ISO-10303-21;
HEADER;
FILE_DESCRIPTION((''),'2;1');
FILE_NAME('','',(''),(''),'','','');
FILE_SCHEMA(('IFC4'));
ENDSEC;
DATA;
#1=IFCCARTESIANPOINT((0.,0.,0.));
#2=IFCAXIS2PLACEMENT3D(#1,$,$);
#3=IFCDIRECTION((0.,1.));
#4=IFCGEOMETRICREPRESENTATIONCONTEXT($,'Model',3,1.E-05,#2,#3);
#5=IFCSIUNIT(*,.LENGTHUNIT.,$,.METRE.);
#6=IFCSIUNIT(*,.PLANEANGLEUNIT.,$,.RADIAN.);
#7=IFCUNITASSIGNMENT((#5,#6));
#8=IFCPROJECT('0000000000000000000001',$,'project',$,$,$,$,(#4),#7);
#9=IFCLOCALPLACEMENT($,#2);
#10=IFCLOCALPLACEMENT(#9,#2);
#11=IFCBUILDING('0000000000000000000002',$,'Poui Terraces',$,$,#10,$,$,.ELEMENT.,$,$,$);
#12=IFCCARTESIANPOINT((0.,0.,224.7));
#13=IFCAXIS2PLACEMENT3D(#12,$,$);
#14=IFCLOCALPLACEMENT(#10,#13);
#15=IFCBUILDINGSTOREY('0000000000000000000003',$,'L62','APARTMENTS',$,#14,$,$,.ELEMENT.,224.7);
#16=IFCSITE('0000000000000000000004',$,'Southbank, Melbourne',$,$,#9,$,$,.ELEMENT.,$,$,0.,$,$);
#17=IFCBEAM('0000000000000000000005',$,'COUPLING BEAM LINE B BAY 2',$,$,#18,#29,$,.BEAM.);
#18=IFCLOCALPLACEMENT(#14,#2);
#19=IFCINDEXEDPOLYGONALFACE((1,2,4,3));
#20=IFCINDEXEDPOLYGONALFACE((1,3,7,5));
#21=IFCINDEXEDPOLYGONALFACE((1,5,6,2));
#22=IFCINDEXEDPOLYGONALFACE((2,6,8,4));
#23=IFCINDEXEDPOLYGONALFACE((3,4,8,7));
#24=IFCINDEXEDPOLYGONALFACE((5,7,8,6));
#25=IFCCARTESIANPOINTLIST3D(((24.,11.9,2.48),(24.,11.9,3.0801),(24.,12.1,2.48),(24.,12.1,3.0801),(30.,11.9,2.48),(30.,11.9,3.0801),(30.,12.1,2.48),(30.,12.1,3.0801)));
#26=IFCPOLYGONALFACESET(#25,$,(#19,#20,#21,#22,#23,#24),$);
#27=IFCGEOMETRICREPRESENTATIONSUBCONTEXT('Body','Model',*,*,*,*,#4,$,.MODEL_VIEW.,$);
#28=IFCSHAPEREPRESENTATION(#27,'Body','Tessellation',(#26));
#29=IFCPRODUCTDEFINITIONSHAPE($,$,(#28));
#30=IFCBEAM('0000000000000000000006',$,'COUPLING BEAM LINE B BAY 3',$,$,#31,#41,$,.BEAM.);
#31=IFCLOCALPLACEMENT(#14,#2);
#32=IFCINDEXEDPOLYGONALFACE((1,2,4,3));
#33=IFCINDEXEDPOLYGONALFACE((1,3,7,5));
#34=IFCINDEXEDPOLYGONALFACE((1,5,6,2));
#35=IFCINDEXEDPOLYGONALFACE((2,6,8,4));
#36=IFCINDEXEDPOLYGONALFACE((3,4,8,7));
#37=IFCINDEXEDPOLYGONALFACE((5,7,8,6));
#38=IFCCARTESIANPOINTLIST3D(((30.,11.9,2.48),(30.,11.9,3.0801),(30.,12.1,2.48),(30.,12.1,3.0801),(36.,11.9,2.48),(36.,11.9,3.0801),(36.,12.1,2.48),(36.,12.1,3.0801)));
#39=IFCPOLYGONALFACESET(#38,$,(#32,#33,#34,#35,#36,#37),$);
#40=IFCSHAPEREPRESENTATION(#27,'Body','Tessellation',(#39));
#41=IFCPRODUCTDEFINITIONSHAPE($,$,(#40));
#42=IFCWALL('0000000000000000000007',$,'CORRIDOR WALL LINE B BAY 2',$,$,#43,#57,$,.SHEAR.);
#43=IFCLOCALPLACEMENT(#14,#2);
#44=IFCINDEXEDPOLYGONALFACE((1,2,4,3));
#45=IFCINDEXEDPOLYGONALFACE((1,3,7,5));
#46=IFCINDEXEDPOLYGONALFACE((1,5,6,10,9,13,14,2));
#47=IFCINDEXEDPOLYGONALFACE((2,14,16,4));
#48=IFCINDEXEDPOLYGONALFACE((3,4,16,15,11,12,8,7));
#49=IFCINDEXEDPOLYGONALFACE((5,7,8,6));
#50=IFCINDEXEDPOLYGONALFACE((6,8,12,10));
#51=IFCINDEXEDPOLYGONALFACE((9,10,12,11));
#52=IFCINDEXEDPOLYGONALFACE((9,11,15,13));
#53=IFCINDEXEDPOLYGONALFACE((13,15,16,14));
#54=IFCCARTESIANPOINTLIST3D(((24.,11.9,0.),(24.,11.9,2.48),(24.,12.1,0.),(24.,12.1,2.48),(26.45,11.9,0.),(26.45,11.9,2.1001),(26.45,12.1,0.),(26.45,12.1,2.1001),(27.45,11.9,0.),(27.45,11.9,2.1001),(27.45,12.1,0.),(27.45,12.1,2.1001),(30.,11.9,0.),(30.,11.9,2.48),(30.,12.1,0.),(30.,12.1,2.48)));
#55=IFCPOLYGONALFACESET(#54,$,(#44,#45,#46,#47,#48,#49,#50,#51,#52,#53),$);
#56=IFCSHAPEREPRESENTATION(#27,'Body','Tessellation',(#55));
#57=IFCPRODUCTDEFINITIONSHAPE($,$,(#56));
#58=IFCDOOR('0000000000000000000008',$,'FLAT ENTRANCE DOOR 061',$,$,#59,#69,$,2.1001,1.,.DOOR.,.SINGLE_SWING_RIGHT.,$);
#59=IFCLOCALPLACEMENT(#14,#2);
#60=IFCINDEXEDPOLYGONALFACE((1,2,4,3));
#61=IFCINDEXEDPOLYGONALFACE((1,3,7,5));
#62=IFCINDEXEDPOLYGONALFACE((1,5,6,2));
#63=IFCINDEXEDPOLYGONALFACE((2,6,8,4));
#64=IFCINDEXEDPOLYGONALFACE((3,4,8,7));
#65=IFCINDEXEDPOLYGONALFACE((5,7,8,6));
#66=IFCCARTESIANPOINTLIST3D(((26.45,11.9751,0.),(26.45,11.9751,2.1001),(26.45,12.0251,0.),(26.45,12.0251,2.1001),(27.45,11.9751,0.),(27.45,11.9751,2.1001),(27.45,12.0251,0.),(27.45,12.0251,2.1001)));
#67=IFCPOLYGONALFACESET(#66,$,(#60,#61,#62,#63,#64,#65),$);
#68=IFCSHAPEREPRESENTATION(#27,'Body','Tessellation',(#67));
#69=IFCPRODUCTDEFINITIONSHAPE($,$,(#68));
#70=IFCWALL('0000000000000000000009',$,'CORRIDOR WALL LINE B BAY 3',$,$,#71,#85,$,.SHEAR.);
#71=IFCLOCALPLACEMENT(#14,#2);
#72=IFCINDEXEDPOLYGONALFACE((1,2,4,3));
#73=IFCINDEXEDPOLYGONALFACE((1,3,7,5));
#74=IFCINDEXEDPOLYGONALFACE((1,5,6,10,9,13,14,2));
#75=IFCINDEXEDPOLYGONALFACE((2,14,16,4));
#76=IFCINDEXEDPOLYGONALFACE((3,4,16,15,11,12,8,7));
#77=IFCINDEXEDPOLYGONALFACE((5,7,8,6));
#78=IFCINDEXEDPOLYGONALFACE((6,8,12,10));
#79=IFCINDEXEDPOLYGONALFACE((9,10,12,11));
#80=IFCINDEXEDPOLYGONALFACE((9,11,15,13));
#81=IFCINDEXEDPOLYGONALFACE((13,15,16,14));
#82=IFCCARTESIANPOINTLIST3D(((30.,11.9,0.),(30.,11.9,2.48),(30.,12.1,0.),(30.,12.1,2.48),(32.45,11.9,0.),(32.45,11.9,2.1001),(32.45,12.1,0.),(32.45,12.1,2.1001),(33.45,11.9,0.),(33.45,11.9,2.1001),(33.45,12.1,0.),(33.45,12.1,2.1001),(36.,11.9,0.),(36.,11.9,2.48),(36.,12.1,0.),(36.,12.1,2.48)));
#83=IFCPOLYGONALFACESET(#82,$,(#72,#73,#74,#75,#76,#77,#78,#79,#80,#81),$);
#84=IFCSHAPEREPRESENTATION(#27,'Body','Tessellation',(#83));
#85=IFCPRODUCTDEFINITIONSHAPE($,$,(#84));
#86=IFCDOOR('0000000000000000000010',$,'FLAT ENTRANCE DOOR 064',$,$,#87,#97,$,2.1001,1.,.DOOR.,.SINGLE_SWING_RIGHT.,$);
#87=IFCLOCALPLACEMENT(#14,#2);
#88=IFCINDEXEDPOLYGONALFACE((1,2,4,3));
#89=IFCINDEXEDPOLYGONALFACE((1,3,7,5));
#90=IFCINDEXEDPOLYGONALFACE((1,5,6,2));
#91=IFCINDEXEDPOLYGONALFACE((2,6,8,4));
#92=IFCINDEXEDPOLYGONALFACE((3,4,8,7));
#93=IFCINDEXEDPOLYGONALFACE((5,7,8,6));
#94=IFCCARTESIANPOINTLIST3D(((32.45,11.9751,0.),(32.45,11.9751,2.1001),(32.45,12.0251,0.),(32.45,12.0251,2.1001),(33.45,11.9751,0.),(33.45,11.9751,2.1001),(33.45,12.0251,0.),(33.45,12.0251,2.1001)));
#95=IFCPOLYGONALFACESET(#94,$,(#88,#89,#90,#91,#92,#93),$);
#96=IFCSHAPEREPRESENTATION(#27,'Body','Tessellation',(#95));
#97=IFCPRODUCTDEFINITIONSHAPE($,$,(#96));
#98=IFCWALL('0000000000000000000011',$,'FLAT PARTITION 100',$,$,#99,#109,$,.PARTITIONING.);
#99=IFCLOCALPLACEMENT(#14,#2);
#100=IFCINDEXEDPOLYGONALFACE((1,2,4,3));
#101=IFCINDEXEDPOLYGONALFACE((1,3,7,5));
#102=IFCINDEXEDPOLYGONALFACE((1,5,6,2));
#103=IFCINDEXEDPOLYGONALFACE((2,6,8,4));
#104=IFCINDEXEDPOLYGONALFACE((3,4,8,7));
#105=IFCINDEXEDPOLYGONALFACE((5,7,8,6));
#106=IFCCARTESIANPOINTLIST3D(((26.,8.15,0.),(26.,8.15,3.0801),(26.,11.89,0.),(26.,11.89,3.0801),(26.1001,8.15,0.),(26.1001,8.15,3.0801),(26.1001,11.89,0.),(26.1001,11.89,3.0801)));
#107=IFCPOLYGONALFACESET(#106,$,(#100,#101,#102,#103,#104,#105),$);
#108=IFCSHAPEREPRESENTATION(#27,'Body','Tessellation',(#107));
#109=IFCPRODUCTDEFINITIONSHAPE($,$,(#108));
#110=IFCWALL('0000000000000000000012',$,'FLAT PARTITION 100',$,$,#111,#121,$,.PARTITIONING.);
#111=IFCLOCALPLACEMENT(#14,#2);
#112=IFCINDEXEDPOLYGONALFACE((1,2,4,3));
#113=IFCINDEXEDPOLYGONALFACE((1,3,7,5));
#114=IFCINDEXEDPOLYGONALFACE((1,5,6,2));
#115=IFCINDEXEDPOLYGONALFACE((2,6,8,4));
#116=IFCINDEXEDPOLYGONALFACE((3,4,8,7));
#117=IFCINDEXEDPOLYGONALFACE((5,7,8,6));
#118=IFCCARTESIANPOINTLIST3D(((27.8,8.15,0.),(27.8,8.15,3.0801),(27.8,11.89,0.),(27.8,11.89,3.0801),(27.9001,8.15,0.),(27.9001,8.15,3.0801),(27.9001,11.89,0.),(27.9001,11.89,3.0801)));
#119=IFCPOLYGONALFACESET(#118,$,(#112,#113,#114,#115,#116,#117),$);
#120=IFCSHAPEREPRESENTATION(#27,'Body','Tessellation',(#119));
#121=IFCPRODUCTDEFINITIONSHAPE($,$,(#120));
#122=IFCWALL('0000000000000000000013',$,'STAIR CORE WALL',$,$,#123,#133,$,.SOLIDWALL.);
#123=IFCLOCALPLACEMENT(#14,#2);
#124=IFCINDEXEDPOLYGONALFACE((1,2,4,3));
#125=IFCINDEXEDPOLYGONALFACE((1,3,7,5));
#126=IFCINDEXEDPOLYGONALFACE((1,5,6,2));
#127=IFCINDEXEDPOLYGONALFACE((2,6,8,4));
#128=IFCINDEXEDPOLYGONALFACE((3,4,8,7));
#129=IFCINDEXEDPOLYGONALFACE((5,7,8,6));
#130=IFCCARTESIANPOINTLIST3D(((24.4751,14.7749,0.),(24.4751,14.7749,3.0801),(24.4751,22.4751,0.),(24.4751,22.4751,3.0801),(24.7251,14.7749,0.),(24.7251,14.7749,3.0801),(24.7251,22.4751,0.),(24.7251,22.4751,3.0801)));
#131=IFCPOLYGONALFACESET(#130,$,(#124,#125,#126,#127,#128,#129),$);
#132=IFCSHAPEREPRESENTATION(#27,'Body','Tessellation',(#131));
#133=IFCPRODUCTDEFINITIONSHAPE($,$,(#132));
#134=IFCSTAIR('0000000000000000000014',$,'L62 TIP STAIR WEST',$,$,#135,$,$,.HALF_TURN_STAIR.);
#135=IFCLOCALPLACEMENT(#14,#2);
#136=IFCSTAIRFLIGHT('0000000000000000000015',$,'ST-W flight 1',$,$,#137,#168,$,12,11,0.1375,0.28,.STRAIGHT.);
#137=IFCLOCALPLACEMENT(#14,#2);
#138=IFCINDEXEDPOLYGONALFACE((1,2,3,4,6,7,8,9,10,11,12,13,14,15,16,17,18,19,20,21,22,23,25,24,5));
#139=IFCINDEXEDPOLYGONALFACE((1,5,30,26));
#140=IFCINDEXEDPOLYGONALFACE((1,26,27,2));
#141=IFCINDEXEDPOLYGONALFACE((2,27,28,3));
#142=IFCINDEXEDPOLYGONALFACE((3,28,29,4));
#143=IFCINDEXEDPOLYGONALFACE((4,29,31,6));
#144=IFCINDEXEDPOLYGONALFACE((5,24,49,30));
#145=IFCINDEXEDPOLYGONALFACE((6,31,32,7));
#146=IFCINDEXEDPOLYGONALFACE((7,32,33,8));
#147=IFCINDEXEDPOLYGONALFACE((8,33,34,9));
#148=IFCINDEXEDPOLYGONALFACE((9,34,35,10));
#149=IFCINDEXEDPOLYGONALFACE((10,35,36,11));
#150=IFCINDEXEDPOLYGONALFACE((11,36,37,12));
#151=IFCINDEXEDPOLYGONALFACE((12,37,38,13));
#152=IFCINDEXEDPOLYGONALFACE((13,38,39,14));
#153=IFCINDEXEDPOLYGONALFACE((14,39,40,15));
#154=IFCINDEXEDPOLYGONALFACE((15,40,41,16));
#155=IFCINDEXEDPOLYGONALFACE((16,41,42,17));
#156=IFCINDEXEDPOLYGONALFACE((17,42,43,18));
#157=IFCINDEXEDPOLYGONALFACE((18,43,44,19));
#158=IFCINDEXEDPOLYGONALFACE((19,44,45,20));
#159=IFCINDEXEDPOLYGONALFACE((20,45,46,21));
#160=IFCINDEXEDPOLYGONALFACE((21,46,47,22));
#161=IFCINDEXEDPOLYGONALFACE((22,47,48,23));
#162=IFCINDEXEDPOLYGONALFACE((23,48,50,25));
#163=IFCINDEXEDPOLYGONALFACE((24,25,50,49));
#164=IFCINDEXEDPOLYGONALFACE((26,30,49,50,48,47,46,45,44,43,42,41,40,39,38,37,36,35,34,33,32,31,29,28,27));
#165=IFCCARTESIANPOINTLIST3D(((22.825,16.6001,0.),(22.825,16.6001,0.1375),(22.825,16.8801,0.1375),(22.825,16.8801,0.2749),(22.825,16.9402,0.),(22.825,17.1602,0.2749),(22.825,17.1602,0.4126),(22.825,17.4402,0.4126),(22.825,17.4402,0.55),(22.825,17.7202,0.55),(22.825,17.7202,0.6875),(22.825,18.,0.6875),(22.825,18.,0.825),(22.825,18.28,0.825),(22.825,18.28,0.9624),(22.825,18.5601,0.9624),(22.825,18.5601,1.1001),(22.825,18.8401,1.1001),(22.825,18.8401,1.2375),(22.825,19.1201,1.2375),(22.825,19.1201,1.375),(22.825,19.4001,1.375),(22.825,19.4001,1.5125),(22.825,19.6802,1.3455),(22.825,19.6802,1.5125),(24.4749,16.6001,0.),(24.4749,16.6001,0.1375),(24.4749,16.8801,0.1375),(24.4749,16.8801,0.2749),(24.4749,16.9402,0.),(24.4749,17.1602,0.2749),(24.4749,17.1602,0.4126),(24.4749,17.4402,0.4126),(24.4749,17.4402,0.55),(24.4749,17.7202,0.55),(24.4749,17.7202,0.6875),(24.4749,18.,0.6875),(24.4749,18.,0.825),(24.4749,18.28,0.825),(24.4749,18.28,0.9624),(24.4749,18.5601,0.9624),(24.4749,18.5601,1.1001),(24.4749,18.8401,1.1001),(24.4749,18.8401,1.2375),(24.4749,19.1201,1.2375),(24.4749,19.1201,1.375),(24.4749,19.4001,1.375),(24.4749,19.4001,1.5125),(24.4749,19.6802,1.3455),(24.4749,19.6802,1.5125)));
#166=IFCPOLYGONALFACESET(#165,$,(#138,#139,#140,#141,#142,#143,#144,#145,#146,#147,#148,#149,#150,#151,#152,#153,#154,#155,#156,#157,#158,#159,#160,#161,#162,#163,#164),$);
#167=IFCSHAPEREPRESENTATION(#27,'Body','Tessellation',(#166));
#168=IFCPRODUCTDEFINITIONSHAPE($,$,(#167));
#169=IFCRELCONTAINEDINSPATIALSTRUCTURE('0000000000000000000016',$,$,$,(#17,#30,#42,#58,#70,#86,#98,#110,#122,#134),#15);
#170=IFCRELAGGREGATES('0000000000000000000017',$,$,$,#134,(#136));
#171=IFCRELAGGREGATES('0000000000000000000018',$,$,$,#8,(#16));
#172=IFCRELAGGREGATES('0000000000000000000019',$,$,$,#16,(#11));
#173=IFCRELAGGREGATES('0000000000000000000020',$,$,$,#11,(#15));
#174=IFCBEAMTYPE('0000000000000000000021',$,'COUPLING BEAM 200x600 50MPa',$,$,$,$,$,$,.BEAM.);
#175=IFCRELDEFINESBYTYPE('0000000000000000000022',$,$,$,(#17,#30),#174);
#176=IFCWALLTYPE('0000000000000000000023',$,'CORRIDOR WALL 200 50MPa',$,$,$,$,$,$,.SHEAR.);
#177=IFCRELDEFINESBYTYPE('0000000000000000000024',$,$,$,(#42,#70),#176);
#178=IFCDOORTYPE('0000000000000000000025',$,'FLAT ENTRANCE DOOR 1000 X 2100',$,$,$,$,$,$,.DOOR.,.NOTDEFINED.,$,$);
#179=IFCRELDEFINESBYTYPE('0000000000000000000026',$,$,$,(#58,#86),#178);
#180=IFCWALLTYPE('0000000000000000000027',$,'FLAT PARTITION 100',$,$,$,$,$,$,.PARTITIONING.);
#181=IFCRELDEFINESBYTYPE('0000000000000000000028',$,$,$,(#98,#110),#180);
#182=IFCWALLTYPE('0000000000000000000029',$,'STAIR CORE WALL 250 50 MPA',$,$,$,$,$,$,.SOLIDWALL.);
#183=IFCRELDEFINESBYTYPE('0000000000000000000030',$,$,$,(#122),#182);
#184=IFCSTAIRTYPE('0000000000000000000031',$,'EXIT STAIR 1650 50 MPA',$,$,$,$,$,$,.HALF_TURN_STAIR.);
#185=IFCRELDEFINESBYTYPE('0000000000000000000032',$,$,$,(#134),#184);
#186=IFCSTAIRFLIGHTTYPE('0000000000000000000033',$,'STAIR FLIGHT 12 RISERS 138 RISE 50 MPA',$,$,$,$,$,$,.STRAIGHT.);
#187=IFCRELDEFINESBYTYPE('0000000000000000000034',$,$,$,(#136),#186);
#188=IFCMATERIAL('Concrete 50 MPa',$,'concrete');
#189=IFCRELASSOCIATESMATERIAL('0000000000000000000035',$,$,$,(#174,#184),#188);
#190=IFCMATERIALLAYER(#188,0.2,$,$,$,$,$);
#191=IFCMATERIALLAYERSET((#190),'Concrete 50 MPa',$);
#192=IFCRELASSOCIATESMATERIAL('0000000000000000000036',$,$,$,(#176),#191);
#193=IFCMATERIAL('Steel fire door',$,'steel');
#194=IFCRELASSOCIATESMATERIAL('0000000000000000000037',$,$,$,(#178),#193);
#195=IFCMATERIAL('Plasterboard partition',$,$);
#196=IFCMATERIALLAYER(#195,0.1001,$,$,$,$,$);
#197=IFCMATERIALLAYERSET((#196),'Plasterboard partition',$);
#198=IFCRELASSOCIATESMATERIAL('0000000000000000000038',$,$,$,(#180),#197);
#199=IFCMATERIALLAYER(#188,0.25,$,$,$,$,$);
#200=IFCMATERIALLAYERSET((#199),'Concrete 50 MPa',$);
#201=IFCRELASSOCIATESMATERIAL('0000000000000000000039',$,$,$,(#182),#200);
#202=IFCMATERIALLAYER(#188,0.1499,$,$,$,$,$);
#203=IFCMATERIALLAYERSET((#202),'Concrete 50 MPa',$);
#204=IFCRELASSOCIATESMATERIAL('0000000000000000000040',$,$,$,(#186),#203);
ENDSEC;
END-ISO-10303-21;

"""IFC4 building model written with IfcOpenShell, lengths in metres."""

from ifc_helpers import new_model, si_unit, direction, frame, frame_2d, origin, origin_2d, place, context, subcontext, project, spatial, polyline, rectangle, outline, extrude, source, transform, mapped, material, layer, layer_set, material_profile, profile_set, type_object, element, fill, aggregate, save


model = new_model("IFC4")

# Units and contexts
model_context = context("Model", 3, precision=1e-05, world=origin(), true_north=direction((0.0, 1.0)))
body_context = subcontext(model_context, "Body", "Model", "MODEL_VIEW")
ifc_project = project(units=[si_unit("LENGTHUNIT", "METRE"), si_unit("PLANEANGLEUNIT", "RADIAN")], contexts=[model_context])

# Site, building, storey
site_placement = place(None, origin())
site = spatial("IfcSite", under=ifc_project, at=site_placement, Name="Southbank, Melbourne", CompositionType="ELEMENT", RefElevation=0.0)
building_placement = place(site_placement, origin())
building = spatial("IfcBuilding", under=site, at=building_placement, Name="Poui Terraces", CompositionType="ELEMENT")
storey_placement = place(building_placement, frame((0.0, 0.0, 224.7)))
storey = spatial("IfcBuildingStorey", under=building, at=storey_placement, Name="L62", Description="APARTMENTS", CompositionType="ELEMENT", Elevation=224.7)

# Beams
ifc_material_1 = material(Name="Concrete 50 MPa", Category="concrete")
ifc_material_profile = material_profile(ifc_material_1, rectangle(XDim=0.2, YDim=0.6001, at=origin_2d()), Name="RC 200x600")
ifc_profile_set = profile_set([ifc_material_profile], Name="Concrete 50 MPa")
beam_type = type_object("IfcBeamType", Name="COUPLING BEAM 200x600 50MPa", PredefinedType="BEAM", material=ifc_profile_set)
shared_shape = source(origin(), body_context, "Body", "SweptSolid", [
    extrude(rectangle(XDim=0.2, YDim=0.6001, at=origin_2d()), origin(), (0.0, 0.0, 1.0), 6.0),
])
for number, where, z_axis, x_axis, name in (
    (1, (24.0, 12.0, 2.78), (1.0, 0.0, 0.0), (0.0, 1.0, 0.0), "COUPLING BEAM LINE B BAY 2"),
    (2, (30.0, 12.0, 2.78), (1.0, 0.0, 0.0), (0.0, 1.0, 0.0), "COUPLING BEAM LINE B BAY 3"),
):
    element("IfcBeam", number, at=place(storey_placement, frame(where, z_axis=z_axis, x_axis=x_axis)), inside=storey, type_object=beam_type, Name=name, PredefinedType="BEAM", context=body_context, shape_type="MappedRepresentation", body=[
        mapped(shared_shape, transform((0.0, 0.0, 0.0))),
    ])

# Walls, openings, doors
ifc_layer_1 = layer(ifc_material_1, 0.2)
ifc_layer_set_1 = layer_set([ifc_layer_1], Name="Concrete 50 MPa")
wall_type_1 = type_object("IfcWallType", Name="CORRIDOR WALL 200 50MPa", PredefinedType="SHEAR", material=ifc_layer_set_1)
wall_1_placement = place(storey_placement, frame((24.0, 12.0, 0.0), z_axis=(0.0, 0.0, 1.0), x_axis=(1.0, 0.0, 0.0)))
wall_1 = element("IfcWall", 3, at=wall_1_placement, inside=storey, type_object=wall_type_1, Name="CORRIDOR WALL LINE B BAY 2", PredefinedType="SHEAR", context=body_context, shape_type="SweptSolid", body=[
    extrude(rectangle(XDim=6.0, YDim=0.2, at=frame_2d((3.0, 0.0))), origin(), (0.0, 0.0, 1.0), 2.48),
])
opening_1_placement = place(wall_1_placement, frame((2.45, 0.0, 0.0)))
opening_1 = element("IfcOpeningElement", 4, at=opening_1_placement, cuts=wall_1, PredefinedType="OPENING", context=body_context, shape_type="SweptSolid", body=[
    extrude(rectangle(XDim=1.0, YDim=2.1001, at=frame_2d((0.5, 1.05))), frame((0.0, 0.1099, 0.0), z_axis=(0.0, -1.0, 0.0), x_axis=(1.0, 0.0, 0.0)), (0.0, 0.0, 1.0), 0.22),
])
ifc_material_2 = material(Name="Steel fire door", Category="steel")
door_type = type_object("IfcDoorType", Name="FLAT ENTRANCE DOOR 1000 X 2100", OperationType="NOTDEFINED", PredefinedType="DOOR", material=ifc_material_2)
door_1_placement = place(opening_1_placement, frame((1.0, 0.0, 0.0), z_axis=(0.0, 0.0, 1.0), x_axis=(-1.0, 0.0, 0.0)))
door_1 = element("IfcDoor", 5, at=door_1_placement, inside=storey, type_object=door_type, Name="FLAT ENTRANCE DOOR 061", OperationType="SINGLE_SWING_RIGHT", OverallHeight=2.1001, OverallWidth=1.0, PredefinedType="DOOR", context=body_context, shape_type="SweptSolid", body=[
    extrude(rectangle(XDim=1.0, YDim=2.1001, at=frame_2d((0.5, 1.05))), frame((0.0, 0.0249, 0.0), z_axis=(0.0, -1.0, 0.0), x_axis=(1.0, 0.0, 0.0)), (0.0, 0.0, 1.0), 0.05),
])
fill(opening_1, door_1)
wall_2_placement = place(storey_placement, frame((30.0, 12.0, 0.0), z_axis=(0.0, 0.0, 1.0), x_axis=(1.0, 0.0, 0.0)))
wall_2 = element("IfcWall", 6, at=wall_2_placement, inside=storey, type_object=wall_type_1, Name="CORRIDOR WALL LINE B BAY 3", PredefinedType="SHEAR", context=body_context, shape_type="SweptSolid", body=[
    extrude(rectangle(XDim=6.0, YDim=0.2, at=frame_2d((3.0, 0.0))), origin(), (0.0, 0.0, 1.0), 2.48),
])
opening_2_placement = place(wall_2_placement, frame((2.45, 0.0, 0.0)))
opening_2 = element("IfcOpeningElement", 7, at=opening_2_placement, cuts=wall_2, PredefinedType="OPENING", context=body_context, shape_type="SweptSolid", body=[
    extrude(rectangle(XDim=1.0, YDim=2.1001, at=frame_2d((0.5, 1.05))), frame((0.0, 0.1099, 0.0), z_axis=(0.0, -1.0, 0.0), x_axis=(1.0, 0.0, 0.0)), (0.0, 0.0, 1.0), 0.22),
])
door_2_placement = place(opening_2_placement, frame((1.0, 0.0, 0.0), z_axis=(0.0, 0.0, 1.0), x_axis=(-1.0, 0.0, 0.0)))
door_2 = element("IfcDoor", 8, at=door_2_placement, inside=storey, type_object=door_type, Name="FLAT ENTRANCE DOOR 064", OperationType="SINGLE_SWING_RIGHT", OverallHeight=2.1001, OverallWidth=1.0, PredefinedType="DOOR", context=body_context, shape_type="SweptSolid", body=[
    extrude(rectangle(XDim=1.0, YDim=2.1001, at=frame_2d((0.5, 1.05))), frame((0.0, 0.0249, 0.0), z_axis=(0.0, -1.0, 0.0), x_axis=(1.0, 0.0, 0.0)), (0.0, 0.0, 1.0), 0.05),
])
fill(opening_2, door_2)

# Walls
ifc_material_3 = material(Name="Plasterboard partition")
ifc_layer_2 = layer(ifc_material_3, 0.1001)
ifc_layer_set_2 = layer_set([ifc_layer_2], Name="Plasterboard partition")
wall_type_2 = type_object("IfcWallType", Name="FLAT PARTITION 100", PredefinedType="PARTITIONING", material=ifc_layer_set_2)
for number, where, z_axis, x_axis, name in (
    (9, (26.05, 8.1499, 0.0), (0.0, 0.0, 1.0), (0.0, 1.0, 0.0), "FLAT PARTITION 100"),
    (10, (27.8501, 8.1499, 0.0), (0.0, 0.0, 1.0), (0.0, 1.0, 0.0), "FLAT PARTITION 100"),
):
    element("IfcWall", number, at=place(storey_placement, frame(where, z_axis=z_axis, x_axis=x_axis)), inside=storey, type_object=wall_type_2, Name=name, PredefinedType="PARTITIONING", context=body_context, shape_type="SweptSolid", body=[
        extrude(rectangle(XDim=3.74, YDim=0.1001, at=frame_2d((1.8701, 0.0))), origin(), (0.0, 0.0, 1.0), 3.0801),
    ])
ifc_layer_3 = layer(ifc_material_1, 0.25)
ifc_layer_set_3 = layer_set([ifc_layer_3], Name="Concrete 50 MPa")
wall_type_3 = type_object("IfcWallType", Name="STAIR CORE WALL 250 50 MPA", PredefinedType="SOLIDWALL", material=ifc_layer_set_3)
wall_3_placement = place(storey_placement, frame((24.6001, 14.7749, 0.0), z_axis=(0.0, 0.0, 1.0), x_axis=(0.0, 1.0, 0.0)))
element("IfcWall", 11, at=wall_3_placement, inside=storey, type_object=wall_type_3, Name="STAIR CORE WALL", PredefinedType="SOLIDWALL", context=body_context, shape_type="SweptSolid", body=[
    extrude(rectangle(XDim=7.7002, YDim=0.25, at=frame_2d((3.8501, 0.0))), origin(), (0.0, 0.0, 1.0), 3.0801),
])

# Stair, stair flight
stair_type = type_object("IfcStairType", Name="EXIT STAIR 1650 50 MPA", PredefinedType="HALF_TURN_STAIR", material=ifc_material_1)
stair_placement = place(storey_placement, origin())
stair = element("IfcStair", 12, at=stair_placement, inside=storey, type_object=stair_type, Name="L62 TIP STAIR WEST", PredefinedType="HALF_TURN_STAIR")
ifc_layer_4 = layer(ifc_material_1, 0.1499)
ifc_layer_set_4 = layer_set([ifc_layer_4], Name="Concrete 50 MPa")
stair_flight_type = type_object("IfcStairFlightType", Name="STAIR FLIGHT 12 RISERS 138 RISE 50 MPA", PredefinedType="STRAIGHT", material=ifc_layer_set_4)
stair_flight_placement = place(storey_placement, frame((23.6499, 16.6001, 0.0), z_axis=(0.0, 0.0, 1.0), x_axis=(0.0, 1.0, 0.0)))
stair_flight = element("IfcStairFlight", 13, at=stair_flight_placement, type_object=stair_flight_type, Name="ST-W flight 1", NumberOfRisers=12, NumberOfTreads=11, PredefinedType="STRAIGHT", RiserHeight=0.1375, TreadLength=0.28, context=body_context, shape_type="SweptSolid", body=[
    extrude(outline(polyline([(0.0, 0.0), (0.0, 0.1375), (0.28, 0.1375), (0.28, 0.2749), (0.5601, 0.2749), (0.5601, 0.4126), (0.8401, 0.4126), (0.8401, 0.55), (1.1201, 0.55), (1.1201, 0.6875), (1.3999, 0.6875), (1.3999, 0.825), (1.6799, 0.825), (1.6799, 0.9624), (1.96, 0.9624), (1.96, 1.1001), (2.24, 1.1001), (2.24, 1.2375), (2.52, 1.2375), (2.52, 1.375), (2.8, 1.375), (2.8, 1.5125), (3.0801, 1.5125), (3.0801, 1.6499), (3.0801, 1.3455), (0.3401, 0.0), (0.0, 0.0)])), frame((0.0, 0.825, 0.0), z_axis=(0.0, -1.0, 0.0), x_axis=(1.0, 0.0, 0.0)), (0.0, 0.0, 1.0), 1.6499),
])
aggregate(stair, [stair_flight])

save(model, "model.ifc")
